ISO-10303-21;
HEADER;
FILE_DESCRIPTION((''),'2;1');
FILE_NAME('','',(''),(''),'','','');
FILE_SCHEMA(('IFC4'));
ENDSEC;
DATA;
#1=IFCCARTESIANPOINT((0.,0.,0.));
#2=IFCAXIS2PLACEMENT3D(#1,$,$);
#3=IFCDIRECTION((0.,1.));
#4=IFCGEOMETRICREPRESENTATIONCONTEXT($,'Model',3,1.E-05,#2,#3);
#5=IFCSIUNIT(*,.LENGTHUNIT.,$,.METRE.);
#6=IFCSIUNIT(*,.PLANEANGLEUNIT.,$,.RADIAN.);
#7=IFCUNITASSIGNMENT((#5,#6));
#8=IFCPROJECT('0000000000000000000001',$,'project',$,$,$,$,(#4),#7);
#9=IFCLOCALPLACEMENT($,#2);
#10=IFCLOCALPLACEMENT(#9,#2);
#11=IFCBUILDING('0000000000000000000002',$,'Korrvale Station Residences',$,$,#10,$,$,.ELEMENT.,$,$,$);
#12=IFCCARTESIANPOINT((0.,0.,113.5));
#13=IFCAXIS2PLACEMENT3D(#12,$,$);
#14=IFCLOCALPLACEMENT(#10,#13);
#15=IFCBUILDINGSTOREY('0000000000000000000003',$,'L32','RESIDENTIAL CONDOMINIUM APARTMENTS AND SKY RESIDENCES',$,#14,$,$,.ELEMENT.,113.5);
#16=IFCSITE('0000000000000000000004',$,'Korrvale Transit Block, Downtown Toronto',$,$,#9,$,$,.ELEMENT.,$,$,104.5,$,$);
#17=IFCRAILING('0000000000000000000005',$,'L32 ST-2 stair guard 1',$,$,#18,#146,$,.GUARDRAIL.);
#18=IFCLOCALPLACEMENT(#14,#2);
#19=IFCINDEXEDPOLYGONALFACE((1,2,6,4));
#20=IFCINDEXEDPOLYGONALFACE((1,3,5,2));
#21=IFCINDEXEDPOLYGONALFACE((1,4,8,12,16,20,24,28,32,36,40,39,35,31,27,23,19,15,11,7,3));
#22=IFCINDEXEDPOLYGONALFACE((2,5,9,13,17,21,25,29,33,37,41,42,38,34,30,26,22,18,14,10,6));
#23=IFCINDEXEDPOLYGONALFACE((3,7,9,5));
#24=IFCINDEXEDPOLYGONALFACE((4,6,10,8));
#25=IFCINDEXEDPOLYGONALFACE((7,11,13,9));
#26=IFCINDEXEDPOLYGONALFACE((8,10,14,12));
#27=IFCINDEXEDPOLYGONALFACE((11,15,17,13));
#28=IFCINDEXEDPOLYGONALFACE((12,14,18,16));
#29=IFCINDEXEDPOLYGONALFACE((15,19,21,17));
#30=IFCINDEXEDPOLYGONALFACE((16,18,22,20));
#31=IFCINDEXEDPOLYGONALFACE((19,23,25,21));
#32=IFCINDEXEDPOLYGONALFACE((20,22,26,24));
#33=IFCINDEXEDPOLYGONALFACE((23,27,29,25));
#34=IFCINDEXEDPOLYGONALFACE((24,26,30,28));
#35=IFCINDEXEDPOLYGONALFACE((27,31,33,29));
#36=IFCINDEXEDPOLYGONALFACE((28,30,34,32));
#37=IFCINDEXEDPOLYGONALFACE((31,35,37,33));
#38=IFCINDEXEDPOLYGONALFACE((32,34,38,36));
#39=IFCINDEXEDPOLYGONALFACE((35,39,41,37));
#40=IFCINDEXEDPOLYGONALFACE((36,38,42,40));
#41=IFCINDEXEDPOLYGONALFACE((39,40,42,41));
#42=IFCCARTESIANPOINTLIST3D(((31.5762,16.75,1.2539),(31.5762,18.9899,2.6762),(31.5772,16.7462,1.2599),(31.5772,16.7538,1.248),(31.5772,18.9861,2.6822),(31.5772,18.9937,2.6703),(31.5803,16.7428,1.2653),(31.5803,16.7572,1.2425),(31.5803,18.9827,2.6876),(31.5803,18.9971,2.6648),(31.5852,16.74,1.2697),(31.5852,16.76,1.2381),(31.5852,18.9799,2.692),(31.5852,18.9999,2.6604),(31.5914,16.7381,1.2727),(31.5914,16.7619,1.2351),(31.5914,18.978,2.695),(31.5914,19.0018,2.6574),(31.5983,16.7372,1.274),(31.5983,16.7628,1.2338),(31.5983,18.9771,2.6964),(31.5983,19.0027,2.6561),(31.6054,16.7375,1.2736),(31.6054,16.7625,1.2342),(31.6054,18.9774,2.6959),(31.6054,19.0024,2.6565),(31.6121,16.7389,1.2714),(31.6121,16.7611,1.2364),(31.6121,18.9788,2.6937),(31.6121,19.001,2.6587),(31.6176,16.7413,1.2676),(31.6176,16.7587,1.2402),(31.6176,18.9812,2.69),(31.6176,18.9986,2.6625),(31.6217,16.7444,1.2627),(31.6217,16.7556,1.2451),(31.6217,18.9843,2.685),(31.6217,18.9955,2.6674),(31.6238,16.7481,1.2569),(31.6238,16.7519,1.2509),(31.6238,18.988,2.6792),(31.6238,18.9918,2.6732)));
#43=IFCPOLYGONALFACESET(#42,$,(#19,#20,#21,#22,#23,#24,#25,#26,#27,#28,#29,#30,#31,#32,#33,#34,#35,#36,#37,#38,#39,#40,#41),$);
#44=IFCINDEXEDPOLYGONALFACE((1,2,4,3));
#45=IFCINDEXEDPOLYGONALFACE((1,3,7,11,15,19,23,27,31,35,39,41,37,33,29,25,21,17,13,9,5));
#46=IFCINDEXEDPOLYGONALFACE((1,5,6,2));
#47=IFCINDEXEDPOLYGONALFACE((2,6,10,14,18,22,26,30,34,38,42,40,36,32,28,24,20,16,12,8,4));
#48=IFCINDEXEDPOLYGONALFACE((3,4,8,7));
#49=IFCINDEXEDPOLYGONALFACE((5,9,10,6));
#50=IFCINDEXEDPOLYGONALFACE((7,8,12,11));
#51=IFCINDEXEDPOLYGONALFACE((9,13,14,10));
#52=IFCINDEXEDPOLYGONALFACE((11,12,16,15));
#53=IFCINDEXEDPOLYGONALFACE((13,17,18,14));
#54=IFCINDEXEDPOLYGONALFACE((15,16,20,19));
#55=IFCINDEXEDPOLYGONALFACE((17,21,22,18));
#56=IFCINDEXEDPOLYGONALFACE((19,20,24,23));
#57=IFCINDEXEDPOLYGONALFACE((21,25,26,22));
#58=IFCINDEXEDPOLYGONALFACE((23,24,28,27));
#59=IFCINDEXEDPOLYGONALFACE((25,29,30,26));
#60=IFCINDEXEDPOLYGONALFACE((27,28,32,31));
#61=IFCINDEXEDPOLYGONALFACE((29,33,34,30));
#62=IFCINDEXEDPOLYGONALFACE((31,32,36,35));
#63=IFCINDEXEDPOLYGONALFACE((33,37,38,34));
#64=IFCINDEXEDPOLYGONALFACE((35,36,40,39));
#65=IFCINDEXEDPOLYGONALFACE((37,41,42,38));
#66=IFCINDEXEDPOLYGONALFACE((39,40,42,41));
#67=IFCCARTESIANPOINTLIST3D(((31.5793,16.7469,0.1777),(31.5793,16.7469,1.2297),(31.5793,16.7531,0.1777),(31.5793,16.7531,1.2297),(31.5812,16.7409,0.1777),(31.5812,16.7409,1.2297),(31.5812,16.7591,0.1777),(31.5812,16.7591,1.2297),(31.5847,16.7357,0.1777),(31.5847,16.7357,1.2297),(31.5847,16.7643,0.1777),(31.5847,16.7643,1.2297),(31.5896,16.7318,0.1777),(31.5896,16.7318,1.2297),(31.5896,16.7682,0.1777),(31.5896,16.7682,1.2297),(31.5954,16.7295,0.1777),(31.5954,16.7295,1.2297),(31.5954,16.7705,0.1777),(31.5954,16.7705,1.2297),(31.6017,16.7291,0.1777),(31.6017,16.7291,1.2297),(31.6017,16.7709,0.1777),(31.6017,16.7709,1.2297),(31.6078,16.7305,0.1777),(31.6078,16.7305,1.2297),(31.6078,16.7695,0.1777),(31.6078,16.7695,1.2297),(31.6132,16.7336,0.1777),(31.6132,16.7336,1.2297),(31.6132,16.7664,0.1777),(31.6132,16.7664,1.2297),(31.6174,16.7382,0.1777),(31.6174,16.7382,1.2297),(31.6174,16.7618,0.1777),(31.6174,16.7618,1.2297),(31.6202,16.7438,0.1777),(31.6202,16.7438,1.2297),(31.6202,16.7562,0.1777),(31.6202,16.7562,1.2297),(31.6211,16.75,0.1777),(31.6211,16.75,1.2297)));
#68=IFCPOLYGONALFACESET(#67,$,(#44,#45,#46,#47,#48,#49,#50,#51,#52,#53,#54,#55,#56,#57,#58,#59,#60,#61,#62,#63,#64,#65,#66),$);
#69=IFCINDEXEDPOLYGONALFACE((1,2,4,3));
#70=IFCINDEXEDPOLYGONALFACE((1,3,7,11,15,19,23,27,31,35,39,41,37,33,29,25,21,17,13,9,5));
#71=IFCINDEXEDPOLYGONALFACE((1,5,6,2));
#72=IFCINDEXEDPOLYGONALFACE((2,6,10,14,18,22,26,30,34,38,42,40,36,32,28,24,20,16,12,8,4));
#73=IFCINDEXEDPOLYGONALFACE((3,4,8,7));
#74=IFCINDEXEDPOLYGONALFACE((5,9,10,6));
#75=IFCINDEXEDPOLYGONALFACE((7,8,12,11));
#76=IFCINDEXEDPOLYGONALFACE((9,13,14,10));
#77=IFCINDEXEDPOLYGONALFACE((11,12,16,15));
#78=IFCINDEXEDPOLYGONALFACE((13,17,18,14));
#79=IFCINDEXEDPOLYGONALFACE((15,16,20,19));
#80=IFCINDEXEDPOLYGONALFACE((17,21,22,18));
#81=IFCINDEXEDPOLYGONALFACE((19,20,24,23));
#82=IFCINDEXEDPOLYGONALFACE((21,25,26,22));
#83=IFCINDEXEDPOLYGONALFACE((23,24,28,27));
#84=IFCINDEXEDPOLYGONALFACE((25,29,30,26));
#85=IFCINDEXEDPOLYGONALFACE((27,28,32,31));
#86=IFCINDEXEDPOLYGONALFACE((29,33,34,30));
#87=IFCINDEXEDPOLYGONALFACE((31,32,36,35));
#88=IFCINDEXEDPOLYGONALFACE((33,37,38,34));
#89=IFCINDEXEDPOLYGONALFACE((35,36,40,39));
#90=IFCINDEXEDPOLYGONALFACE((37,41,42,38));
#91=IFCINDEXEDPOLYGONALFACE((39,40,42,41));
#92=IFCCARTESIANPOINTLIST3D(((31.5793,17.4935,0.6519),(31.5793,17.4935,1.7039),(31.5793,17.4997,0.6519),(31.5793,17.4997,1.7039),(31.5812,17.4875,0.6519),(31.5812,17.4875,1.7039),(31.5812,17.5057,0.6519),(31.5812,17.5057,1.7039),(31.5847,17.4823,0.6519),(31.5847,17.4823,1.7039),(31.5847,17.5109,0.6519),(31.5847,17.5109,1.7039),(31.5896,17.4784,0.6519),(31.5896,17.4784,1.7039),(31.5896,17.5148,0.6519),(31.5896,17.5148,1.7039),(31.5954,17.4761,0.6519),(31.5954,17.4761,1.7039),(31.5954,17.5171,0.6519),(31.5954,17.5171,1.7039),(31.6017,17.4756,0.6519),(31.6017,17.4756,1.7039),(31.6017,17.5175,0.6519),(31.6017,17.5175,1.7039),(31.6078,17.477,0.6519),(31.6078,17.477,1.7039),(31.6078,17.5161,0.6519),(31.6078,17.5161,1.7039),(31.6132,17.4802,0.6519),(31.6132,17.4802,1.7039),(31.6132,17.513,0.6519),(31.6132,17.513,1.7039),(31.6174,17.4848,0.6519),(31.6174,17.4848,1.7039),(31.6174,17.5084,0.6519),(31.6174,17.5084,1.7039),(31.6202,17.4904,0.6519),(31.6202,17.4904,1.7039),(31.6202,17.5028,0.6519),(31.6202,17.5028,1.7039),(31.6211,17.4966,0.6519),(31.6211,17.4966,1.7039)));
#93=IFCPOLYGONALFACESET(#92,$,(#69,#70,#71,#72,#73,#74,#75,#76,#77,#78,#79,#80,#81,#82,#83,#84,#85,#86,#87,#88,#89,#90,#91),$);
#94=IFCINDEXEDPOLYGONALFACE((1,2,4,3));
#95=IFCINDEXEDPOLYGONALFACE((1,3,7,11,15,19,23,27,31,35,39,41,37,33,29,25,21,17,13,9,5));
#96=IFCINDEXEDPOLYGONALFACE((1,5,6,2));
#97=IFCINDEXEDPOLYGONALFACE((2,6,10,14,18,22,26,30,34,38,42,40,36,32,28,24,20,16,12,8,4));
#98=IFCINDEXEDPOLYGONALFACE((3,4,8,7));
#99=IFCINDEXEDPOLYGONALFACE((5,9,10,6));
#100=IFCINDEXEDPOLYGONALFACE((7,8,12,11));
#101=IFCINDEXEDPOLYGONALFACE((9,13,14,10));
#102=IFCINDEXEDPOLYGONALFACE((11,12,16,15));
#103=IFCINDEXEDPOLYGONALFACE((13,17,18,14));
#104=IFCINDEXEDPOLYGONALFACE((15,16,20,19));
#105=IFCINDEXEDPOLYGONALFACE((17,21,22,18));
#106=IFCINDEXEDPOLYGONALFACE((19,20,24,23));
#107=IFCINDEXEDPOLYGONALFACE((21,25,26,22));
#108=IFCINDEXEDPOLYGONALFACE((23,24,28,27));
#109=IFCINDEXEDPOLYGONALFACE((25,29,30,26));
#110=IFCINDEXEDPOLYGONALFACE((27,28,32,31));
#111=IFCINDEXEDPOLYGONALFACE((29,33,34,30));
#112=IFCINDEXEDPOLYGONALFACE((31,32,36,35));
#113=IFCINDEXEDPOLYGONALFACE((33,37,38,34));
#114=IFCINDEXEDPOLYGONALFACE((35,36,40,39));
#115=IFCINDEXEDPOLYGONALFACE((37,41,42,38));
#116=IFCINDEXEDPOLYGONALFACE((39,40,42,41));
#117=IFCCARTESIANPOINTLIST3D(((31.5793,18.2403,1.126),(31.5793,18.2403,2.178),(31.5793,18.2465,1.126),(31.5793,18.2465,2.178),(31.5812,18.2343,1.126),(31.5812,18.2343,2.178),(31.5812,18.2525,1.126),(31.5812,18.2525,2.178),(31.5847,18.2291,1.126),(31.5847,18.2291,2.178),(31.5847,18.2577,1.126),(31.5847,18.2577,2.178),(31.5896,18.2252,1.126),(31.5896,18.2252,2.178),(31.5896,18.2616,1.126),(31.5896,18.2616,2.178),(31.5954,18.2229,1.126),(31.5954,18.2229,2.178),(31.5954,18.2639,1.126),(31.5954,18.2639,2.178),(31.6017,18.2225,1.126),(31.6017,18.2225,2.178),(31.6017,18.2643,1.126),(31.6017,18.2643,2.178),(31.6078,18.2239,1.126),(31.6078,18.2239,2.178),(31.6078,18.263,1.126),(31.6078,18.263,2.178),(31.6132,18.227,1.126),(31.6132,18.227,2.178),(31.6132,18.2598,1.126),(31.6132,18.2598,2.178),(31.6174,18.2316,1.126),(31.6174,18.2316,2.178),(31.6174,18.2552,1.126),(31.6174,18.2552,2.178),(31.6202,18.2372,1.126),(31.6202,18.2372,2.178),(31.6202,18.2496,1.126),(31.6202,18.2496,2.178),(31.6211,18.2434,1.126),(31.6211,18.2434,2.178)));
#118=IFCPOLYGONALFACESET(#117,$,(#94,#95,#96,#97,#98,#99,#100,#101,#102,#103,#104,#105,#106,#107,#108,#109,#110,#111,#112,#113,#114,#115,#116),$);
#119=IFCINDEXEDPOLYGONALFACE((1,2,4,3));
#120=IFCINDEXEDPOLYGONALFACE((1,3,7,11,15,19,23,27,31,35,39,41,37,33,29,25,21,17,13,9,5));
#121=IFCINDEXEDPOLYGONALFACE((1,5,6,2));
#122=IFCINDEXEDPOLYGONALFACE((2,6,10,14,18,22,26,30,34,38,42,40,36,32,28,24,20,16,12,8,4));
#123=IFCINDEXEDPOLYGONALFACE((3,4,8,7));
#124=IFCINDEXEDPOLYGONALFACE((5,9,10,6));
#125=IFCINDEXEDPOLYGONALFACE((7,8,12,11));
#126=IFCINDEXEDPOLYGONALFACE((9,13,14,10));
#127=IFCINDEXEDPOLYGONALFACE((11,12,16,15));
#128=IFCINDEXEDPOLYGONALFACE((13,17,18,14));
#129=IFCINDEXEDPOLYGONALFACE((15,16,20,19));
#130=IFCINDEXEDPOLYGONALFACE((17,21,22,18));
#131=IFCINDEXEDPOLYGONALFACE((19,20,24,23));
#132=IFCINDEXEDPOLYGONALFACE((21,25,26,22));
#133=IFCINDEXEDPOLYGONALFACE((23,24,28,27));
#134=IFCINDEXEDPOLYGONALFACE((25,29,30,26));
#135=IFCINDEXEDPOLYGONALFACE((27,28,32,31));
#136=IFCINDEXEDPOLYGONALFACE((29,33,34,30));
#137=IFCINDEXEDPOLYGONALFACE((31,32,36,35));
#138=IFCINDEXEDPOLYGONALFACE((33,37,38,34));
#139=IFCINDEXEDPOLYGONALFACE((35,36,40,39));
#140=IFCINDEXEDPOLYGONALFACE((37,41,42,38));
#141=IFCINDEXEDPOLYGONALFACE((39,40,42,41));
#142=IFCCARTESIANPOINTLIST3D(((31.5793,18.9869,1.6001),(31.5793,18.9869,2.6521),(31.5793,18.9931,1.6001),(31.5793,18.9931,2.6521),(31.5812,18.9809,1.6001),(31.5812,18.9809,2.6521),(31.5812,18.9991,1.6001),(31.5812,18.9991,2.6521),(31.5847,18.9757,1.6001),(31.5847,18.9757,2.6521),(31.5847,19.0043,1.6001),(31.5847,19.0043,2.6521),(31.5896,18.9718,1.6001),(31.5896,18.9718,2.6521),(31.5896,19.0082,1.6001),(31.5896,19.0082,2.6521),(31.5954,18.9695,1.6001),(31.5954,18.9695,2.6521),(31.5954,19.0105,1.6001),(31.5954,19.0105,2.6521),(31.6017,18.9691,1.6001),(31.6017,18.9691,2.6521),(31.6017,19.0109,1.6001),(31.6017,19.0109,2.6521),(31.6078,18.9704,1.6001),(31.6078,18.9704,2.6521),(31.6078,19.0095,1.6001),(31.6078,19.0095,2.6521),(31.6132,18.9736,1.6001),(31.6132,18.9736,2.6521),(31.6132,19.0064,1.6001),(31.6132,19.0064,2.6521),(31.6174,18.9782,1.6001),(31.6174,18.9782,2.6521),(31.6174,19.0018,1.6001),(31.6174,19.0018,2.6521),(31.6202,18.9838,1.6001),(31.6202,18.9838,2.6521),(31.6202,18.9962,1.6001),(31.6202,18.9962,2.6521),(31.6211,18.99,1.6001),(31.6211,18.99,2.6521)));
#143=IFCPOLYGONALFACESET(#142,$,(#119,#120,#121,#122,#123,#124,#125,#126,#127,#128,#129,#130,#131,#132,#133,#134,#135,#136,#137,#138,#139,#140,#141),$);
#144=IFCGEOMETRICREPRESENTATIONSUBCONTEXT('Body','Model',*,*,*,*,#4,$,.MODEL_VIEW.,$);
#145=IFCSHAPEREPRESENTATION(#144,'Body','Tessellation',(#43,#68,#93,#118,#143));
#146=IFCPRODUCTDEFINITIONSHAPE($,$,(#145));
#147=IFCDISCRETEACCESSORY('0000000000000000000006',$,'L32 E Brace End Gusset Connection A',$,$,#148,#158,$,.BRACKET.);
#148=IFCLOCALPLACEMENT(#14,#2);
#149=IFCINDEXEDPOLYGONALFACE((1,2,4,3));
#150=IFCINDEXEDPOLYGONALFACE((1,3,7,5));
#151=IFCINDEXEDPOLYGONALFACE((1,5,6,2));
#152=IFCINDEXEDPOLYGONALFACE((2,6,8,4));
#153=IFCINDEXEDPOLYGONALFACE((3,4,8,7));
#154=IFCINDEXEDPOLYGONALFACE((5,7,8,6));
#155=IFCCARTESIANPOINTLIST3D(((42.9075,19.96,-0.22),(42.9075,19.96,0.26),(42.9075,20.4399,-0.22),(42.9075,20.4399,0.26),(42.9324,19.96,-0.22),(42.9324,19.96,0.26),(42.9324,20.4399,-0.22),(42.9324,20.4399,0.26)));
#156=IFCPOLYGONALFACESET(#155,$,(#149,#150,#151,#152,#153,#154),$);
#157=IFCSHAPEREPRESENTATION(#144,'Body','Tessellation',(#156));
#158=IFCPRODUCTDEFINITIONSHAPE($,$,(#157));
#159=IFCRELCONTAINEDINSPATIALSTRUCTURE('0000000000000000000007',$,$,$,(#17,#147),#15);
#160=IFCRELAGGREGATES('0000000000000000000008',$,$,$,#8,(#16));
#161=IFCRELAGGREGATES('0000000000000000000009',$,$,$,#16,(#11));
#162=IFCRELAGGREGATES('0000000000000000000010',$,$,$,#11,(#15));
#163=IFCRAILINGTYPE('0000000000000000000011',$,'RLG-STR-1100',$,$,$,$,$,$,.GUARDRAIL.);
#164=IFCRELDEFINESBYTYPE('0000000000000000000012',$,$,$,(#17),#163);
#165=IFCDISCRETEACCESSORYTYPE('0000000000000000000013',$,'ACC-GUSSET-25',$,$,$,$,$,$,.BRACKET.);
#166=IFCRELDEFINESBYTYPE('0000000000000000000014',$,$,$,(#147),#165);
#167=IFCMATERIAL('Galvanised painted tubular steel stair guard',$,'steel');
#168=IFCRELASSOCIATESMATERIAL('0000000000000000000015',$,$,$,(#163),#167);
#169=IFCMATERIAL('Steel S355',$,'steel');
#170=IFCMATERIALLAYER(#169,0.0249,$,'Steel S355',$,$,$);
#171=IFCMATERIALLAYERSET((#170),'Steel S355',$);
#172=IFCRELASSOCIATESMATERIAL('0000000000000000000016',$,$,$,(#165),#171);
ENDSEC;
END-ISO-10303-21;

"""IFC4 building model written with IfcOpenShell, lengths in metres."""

from ifc_helpers import new_model, si_unit, direction, frame, origin, origin_2d, place, context, subcontext, project, spatial, rectangle, circle, extrude, material, layer, layer_set, type_object, element, save


model = new_model("IFC4")

# Units and contexts
model_context = context("Model", 3, precision=1e-05, world=origin(), true_north=direction((0.0, 1.0)))
body_context = subcontext(model_context, "Body", "Model", "MODEL_VIEW")
ifc_project = project(units=[si_unit("LENGTHUNIT", "METRE"), si_unit("PLANEANGLEUNIT", "RADIAN")], contexts=[model_context])

# Site, building, storey
site_placement = place(None, origin())
site = spatial("IfcSite", under=ifc_project, at=site_placement, Name="Korrvale Transit Block, Downtown Toronto", CompositionType="ELEMENT", RefElevation=104.5)
building_placement = place(site_placement, origin())
building = spatial("IfcBuilding", under=site, at=building_placement, Name="Korrvale Station Residences", CompositionType="ELEMENT")
storey_placement = place(building_placement, frame((0.0, 0.0, 113.5)))
storey = spatial("IfcBuildingStorey", under=building, at=storey_placement, Name="L32", Description="RESIDENTIAL CONDOMINIUM APARTMENTS AND SKY RESIDENCES", CompositionType="ELEMENT", Elevation=113.5)

# Shared definitions
ifc_material_1 = material(Name="Steel S355", Category="steel")

# Railing
ifc_material_2 = material(Name="Galvanised painted tubular steel stair guard", Category="steel")
railing_type_1 = type_object("IfcRailingType", Name="RLG-STR-1100", PredefinedType="GUARDRAIL", material=ifc_material_2)
railing_1_placement = place(storey_placement, frame((31.6001, 16.75, 0.1777)))
element("IfcRailing", 1, at=railing_1_placement, inside=storey, type_object=railing_type_1, Name="L32 ST-2 stair guard 1", PredefinedType="GUARDRAIL", context=body_context, shape_type="SweptSolid", body=[
    extrude(circle(Radius=0.0239, at=origin_2d()), frame((0.0, 0.0, 1.0762), z_axis=(0.0, 0.844188, 0.536048), x_axis=(-1.0, 0.0, 0.0)), (0.0, 0.0, 1.0), 2.6533),
    extrude(circle(Radius=0.021, at=origin_2d()), origin(), (0.0, 0.0, 1.0), 1.052),
    extrude(circle(Radius=0.021, at=origin_2d()), frame((0.0, 0.7466, 0.4741)), (0.0, 0.0, 1.0), 1.052),
    extrude(circle(Radius=0.021, at=origin_2d()), frame((0.0, 1.4934, 0.9482)), (0.0, 0.0, 1.0), 1.052),
    extrude(circle(Radius=0.021, at=origin_2d()), frame((0.0, 2.24, 1.4224)), (0.0, 0.0, 1.0), 1.052),
])

# Discrete accessory
ifc_layer_1 = layer(ifc_material_1, 0.0249, Name="Steel S355")
ifc_layer_set_1 = layer_set([ifc_layer_1], Name="Steel S355")
discrete_accessory_type = type_object("IfcDiscreteAccessoryType", Name="ACC-GUSSET-25", PredefinedType="BRACKET", material=ifc_layer_set_1)
discrete_accessory_placement = place(storey_placement, frame((42.9199, 20.2, -0.22), z_axis=(0.0, 0.0, 1.0), x_axis=(0.0, 1.0, 0.0)))
element("IfcDiscreteAccessory", 2, at=discrete_accessory_placement, inside=storey, type_object=discrete_accessory_type, Name="L32 E Brace End Gusset Connection A", PredefinedType="BRACKET", context=body_context, shape_type="SweptSolid", body=[
    extrude(rectangle(XDim=0.48, YDim=0.0249, at=origin_2d()), origin(), (0.0, 0.0, 1.0), 0.48),
])

save(model, "model.ifc")
